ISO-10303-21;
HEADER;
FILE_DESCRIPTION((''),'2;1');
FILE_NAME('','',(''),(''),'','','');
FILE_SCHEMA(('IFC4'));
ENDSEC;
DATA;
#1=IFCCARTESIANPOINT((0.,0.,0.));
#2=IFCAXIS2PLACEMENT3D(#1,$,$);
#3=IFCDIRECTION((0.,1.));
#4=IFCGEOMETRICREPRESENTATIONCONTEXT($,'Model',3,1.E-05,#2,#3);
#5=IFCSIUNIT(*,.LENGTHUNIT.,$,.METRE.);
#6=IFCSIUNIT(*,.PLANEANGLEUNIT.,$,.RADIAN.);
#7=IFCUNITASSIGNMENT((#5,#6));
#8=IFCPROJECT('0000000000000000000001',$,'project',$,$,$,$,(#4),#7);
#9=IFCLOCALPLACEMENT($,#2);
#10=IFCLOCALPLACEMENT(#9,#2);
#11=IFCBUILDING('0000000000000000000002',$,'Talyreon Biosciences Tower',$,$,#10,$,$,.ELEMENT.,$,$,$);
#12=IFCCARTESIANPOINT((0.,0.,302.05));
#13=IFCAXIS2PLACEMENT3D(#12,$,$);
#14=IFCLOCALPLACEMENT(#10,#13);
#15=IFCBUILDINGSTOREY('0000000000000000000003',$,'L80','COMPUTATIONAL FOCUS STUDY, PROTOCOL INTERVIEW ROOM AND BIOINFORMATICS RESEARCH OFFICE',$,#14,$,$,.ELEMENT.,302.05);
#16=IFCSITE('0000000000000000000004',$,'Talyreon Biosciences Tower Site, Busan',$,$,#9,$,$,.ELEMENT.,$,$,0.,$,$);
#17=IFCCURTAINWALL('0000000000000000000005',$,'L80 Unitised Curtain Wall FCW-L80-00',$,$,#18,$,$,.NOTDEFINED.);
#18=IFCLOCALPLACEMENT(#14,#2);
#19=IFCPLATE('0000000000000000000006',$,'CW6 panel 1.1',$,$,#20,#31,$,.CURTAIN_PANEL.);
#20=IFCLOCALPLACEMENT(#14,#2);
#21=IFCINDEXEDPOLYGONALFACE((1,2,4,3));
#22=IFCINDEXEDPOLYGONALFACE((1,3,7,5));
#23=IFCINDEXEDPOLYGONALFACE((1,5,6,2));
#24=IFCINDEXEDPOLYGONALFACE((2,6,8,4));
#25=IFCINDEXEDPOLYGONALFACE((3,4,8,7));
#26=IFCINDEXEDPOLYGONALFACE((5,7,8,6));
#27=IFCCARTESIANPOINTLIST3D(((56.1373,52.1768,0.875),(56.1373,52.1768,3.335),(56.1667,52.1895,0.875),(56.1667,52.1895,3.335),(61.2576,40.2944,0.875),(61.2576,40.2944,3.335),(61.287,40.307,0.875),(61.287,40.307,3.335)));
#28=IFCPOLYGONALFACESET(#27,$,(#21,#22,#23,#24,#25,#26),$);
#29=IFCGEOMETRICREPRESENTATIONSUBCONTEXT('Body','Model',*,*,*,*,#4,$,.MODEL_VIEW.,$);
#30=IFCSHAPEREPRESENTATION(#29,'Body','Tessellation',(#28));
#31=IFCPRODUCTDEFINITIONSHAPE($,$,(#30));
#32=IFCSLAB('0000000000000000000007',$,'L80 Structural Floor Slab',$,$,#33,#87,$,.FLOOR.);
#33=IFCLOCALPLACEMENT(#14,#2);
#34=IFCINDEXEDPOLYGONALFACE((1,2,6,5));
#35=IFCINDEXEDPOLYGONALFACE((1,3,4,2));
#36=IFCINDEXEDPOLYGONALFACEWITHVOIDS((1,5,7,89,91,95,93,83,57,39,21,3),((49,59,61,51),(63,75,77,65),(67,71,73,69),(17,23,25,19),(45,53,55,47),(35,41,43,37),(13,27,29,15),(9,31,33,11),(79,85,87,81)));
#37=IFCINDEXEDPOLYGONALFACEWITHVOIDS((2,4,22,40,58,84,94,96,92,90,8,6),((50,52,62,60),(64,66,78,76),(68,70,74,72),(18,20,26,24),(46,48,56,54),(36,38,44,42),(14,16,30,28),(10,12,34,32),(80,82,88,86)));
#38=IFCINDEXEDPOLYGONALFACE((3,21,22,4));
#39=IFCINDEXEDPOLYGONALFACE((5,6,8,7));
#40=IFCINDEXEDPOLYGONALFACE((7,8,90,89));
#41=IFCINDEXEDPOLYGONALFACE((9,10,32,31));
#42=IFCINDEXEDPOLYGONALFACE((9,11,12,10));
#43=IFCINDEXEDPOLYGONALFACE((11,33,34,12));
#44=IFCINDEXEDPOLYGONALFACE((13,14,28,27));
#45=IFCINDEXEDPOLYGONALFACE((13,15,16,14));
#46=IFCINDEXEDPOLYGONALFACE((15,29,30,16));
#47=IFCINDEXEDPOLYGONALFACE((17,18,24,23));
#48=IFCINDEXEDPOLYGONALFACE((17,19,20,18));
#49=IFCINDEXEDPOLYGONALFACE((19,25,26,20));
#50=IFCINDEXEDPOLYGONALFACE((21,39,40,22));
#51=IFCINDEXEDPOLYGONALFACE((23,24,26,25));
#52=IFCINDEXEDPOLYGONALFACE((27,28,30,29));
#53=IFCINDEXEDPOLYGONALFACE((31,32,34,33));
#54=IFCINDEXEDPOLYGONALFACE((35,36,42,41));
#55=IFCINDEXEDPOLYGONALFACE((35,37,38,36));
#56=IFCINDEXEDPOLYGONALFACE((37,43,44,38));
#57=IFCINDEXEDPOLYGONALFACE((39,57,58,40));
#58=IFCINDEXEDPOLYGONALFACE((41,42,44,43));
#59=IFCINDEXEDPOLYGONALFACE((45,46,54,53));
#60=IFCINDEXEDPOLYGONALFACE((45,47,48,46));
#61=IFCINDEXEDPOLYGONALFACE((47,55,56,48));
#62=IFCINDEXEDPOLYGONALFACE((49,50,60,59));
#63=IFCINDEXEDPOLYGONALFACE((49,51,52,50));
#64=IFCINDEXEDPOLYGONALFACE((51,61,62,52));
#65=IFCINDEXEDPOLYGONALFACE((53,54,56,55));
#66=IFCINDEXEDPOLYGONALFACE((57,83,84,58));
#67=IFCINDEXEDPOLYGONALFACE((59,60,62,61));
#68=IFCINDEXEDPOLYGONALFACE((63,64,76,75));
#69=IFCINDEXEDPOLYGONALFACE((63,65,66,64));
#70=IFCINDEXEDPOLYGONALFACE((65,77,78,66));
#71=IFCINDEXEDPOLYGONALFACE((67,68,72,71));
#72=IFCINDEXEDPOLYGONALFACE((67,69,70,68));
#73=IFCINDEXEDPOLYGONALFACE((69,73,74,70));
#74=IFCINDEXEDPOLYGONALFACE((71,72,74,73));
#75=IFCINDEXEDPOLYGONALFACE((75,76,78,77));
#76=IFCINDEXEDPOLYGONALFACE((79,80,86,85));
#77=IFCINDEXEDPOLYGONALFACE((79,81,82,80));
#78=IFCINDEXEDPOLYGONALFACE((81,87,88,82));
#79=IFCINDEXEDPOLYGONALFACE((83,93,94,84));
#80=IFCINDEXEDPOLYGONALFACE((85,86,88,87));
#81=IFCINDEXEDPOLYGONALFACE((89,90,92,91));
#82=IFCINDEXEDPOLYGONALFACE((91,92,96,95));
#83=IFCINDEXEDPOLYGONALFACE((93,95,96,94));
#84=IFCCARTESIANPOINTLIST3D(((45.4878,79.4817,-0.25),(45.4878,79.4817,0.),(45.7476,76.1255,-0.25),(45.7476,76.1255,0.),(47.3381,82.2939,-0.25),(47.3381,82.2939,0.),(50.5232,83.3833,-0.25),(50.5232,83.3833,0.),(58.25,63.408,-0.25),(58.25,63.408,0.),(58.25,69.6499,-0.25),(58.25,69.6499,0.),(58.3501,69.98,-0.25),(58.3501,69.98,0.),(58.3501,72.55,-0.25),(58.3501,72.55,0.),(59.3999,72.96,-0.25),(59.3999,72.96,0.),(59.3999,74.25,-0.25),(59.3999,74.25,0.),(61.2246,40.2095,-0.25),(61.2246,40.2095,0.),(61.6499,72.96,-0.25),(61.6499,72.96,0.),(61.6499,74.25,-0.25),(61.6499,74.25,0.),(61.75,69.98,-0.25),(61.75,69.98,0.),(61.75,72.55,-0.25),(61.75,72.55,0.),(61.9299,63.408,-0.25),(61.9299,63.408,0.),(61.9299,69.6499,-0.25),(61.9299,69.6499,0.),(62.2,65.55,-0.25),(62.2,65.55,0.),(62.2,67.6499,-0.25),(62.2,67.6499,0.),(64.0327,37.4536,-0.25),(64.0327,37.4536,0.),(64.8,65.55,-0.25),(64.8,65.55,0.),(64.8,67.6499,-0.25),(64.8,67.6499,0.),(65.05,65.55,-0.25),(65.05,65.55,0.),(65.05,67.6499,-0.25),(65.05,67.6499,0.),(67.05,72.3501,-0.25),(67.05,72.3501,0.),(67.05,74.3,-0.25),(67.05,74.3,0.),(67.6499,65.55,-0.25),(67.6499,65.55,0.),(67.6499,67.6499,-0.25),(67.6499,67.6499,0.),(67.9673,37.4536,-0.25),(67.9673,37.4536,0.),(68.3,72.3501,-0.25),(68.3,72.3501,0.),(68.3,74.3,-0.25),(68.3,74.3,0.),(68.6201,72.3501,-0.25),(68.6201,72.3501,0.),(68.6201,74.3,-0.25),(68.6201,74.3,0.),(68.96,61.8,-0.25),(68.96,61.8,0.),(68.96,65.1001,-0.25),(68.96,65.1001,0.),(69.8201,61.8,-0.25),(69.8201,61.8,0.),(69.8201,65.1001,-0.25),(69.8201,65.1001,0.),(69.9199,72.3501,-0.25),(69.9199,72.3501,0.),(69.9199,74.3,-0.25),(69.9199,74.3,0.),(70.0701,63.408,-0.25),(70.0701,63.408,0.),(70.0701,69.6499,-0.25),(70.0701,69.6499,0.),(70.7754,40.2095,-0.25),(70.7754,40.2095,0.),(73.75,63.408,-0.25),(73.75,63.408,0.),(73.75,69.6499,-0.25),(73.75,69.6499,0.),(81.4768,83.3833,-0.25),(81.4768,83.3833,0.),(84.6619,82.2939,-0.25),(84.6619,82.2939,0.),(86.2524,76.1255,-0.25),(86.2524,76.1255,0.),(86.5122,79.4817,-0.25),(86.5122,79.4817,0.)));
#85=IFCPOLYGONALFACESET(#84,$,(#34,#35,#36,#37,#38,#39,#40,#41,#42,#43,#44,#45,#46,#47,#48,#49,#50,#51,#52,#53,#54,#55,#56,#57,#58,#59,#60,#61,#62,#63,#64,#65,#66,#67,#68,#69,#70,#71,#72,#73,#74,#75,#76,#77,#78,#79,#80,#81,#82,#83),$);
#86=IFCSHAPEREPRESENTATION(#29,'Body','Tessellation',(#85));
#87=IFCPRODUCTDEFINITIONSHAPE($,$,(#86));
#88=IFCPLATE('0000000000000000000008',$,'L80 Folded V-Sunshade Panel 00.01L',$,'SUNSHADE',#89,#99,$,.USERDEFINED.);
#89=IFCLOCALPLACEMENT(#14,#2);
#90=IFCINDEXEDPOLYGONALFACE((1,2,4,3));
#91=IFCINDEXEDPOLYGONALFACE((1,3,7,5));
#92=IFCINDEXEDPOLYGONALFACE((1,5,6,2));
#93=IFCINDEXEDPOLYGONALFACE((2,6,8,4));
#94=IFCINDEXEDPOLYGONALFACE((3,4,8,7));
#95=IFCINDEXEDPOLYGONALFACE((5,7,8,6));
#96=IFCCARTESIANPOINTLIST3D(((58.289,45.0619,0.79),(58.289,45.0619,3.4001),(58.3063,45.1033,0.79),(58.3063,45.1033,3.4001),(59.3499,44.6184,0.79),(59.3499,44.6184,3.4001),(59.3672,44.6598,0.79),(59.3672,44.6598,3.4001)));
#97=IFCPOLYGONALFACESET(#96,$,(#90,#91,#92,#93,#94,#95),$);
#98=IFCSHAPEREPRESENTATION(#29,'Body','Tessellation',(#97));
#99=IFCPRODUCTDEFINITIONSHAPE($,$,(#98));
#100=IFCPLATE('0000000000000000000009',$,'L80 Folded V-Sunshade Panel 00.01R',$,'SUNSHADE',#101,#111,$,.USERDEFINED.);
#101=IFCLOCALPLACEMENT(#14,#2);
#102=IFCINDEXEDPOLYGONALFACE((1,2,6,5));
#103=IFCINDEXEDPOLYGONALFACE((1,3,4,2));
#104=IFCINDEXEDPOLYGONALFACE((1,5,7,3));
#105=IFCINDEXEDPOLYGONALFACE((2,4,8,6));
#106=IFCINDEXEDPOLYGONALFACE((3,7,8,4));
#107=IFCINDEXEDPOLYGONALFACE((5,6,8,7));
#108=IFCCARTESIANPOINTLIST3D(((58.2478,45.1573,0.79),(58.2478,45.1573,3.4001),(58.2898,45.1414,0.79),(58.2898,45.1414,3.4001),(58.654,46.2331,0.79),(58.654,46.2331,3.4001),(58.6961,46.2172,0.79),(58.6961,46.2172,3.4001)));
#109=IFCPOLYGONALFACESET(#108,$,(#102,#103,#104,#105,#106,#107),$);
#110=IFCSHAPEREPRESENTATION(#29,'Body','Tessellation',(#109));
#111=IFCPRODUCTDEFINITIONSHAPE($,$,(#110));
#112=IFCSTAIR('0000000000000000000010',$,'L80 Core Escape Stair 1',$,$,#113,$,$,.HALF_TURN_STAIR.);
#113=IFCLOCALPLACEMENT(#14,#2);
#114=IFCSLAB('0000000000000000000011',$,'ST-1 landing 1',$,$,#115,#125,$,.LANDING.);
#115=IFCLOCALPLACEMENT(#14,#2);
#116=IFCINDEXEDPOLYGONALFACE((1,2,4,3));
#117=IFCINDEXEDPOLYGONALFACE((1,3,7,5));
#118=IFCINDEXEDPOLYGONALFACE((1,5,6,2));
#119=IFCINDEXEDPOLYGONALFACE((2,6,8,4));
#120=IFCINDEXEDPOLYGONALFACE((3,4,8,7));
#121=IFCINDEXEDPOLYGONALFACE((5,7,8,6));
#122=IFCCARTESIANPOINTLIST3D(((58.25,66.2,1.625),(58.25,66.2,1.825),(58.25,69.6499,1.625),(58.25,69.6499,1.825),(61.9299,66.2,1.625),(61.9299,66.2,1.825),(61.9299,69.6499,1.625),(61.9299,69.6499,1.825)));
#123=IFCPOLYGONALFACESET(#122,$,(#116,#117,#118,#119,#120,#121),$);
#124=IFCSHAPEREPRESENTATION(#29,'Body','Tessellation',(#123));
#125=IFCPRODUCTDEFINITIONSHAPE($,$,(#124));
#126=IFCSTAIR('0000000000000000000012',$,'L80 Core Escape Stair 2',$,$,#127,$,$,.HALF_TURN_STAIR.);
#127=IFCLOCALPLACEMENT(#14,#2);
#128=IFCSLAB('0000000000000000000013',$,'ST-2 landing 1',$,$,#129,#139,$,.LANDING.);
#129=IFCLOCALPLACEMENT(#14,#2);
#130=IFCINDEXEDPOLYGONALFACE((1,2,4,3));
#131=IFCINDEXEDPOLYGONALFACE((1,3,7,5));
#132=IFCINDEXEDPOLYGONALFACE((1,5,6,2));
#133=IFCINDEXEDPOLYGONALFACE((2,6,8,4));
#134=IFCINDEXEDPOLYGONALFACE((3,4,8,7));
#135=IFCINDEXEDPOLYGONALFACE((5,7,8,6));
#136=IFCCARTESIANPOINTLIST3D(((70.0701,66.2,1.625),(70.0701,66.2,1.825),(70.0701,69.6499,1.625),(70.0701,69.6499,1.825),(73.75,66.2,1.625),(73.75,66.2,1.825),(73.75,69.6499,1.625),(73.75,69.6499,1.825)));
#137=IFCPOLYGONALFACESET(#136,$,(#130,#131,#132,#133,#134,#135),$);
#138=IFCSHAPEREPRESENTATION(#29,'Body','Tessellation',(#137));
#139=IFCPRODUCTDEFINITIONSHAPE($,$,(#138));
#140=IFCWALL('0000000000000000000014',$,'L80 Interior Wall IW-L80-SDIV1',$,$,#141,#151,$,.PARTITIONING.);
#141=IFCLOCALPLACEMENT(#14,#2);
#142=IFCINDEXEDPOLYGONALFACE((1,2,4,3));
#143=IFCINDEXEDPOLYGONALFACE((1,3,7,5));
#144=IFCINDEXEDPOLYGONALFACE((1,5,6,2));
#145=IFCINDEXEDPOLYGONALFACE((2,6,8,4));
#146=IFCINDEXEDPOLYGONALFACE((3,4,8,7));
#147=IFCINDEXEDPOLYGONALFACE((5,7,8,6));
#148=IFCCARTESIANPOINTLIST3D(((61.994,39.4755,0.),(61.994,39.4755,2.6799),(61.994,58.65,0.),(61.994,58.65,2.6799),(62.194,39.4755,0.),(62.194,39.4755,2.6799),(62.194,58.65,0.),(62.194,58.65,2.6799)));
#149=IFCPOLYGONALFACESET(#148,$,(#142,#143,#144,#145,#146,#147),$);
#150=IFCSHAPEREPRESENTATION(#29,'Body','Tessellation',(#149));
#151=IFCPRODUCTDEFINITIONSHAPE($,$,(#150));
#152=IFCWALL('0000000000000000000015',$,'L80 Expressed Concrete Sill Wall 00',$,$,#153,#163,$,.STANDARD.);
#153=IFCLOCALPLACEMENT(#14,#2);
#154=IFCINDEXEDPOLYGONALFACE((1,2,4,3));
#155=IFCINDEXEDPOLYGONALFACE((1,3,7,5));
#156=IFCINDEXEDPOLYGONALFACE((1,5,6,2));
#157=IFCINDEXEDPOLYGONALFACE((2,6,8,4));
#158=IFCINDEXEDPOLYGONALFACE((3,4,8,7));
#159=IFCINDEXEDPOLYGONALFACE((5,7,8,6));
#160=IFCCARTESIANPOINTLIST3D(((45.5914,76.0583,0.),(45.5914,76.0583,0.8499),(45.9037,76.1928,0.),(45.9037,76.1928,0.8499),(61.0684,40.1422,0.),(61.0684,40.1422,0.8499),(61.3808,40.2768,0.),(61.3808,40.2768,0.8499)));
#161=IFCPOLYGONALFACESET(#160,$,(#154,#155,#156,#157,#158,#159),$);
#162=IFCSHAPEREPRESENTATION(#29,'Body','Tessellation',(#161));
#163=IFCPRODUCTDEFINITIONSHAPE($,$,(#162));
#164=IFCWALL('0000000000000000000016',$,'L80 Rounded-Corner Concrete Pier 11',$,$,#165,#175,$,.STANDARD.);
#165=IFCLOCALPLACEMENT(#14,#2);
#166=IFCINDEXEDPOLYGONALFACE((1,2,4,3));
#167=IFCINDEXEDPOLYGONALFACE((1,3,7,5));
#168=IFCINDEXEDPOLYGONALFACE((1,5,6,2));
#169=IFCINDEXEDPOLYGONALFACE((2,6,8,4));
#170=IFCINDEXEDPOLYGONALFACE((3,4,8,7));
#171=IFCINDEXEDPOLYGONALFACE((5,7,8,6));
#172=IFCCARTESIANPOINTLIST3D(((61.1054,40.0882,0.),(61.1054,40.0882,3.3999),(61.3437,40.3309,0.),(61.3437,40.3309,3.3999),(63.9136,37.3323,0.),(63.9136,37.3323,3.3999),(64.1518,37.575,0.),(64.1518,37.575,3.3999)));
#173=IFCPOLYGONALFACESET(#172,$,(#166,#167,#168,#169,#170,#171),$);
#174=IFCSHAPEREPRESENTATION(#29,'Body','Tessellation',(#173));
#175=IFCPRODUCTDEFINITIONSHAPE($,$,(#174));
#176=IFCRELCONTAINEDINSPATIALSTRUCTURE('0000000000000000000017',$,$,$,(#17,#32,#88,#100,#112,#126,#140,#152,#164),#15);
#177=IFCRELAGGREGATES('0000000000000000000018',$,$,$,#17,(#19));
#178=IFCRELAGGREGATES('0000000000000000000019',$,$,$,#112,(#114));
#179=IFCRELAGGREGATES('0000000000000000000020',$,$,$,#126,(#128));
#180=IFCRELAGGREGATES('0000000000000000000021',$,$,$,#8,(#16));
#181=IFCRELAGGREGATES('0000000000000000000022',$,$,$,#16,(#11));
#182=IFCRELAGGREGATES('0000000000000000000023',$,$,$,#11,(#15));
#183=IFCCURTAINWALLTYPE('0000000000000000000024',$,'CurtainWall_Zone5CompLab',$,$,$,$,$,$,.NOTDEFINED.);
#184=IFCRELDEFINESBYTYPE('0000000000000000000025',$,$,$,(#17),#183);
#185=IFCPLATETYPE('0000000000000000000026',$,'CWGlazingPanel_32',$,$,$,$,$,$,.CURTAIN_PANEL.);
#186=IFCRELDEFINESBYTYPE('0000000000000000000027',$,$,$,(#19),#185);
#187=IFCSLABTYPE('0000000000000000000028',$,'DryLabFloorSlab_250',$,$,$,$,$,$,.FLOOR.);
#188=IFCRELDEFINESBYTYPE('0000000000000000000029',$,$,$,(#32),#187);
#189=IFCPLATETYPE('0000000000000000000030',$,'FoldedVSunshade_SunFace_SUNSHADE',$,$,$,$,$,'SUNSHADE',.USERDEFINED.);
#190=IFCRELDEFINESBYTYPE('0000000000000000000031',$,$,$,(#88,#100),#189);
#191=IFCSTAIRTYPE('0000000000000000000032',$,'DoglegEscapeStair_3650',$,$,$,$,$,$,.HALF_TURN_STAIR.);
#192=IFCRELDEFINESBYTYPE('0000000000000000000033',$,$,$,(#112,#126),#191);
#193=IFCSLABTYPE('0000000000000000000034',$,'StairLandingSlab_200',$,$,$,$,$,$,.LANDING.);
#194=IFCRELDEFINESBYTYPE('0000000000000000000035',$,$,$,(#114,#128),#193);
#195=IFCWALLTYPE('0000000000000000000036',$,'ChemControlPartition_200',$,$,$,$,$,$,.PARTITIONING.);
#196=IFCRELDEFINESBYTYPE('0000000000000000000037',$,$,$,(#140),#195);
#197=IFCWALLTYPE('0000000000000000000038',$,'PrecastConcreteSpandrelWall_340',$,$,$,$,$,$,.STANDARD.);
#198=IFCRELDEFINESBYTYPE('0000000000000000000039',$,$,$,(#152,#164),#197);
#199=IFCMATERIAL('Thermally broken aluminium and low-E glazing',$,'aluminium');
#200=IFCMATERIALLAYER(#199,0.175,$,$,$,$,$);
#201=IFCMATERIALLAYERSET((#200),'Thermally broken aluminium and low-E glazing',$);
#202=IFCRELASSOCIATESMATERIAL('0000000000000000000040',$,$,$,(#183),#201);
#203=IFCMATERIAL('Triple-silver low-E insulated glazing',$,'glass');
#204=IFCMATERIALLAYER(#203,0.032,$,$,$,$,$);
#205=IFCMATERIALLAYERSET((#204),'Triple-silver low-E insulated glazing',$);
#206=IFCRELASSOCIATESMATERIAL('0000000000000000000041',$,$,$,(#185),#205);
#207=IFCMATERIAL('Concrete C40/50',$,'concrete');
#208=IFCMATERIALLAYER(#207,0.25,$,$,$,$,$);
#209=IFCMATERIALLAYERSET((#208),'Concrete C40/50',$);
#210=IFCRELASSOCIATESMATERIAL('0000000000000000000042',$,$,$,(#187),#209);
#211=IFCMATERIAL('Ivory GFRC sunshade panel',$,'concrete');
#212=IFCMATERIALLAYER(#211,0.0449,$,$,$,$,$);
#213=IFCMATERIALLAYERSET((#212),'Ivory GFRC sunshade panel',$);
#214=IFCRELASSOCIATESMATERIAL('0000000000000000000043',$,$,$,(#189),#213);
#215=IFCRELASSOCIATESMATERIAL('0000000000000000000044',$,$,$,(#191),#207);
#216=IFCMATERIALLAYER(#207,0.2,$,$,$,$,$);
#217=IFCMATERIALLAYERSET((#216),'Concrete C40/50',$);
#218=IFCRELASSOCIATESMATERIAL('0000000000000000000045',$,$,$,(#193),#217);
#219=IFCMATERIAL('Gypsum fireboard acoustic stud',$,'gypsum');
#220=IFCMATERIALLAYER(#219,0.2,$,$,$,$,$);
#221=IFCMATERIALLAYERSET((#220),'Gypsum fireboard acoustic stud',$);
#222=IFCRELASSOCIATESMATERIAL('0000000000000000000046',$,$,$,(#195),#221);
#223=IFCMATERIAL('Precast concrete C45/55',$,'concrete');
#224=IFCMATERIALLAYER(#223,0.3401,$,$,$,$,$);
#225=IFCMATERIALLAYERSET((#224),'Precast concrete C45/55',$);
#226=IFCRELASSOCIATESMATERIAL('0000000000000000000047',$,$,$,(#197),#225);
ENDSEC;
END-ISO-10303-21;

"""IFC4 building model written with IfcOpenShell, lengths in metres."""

from ifc_helpers import new_model, si_unit, direction, frame, frame_2d, origin, origin_2d, place, context, subcontext, project, spatial, polyline, rectangle, outline, extrude, material, layer, layer_set, type_object, element, aggregate, save


model = new_model("IFC4")

# Units and contexts
model_context = context("Model", 3, precision=1e-05, world=origin(), true_north=direction((0.0, 1.0)))
body_context = subcontext(model_context, "Body", "Model", "MODEL_VIEW")
ifc_project = project(units=[si_unit("LENGTHUNIT", "METRE"), si_unit("PLANEANGLEUNIT", "RADIAN")], contexts=[model_context])

# Site, building, storey
site_placement = place(None, origin())
site = spatial("IfcSite", under=ifc_project, at=site_placement, Name="Talyreon Biosciences Tower Site, Busan", CompositionType="ELEMENT", RefElevation=0.0)
building_placement = place(site_placement, origin())
building = spatial("IfcBuilding", under=site, at=building_placement, Name="Talyreon Biosciences Tower", CompositionType="ELEMENT")
storey_placement = place(building_placement, frame((0.0, 0.0, 302.05)))
storey = spatial("IfcBuildingStorey", under=building, at=storey_placement, Name="L80", Description="COMPUTATIONAL FOCUS STUDY, PROTOCOL INTERVIEW ROOM AND BIOINFORMATICS RESEARCH OFFICE", CompositionType="ELEMENT", Elevation=302.05)

# Curtain wall
ifc_material_1 = material(Name="Thermally broken aluminium and low-E glazing", Category="aluminium")
ifc_layer_1 = layer(ifc_material_1, 0.175)
ifc_layer_set_1 = layer_set([ifc_layer_1], Name="Thermally broken aluminium and low-E glazing")
curtain_wall_type = type_object("IfcCurtainWallType", Name="CurtainWall_Zone5CompLab", PredefinedType="NOTDEFINED", material=ifc_layer_set_1)
curtain_wall_placement = place(storey_placement, origin())
curtain_wall = element("IfcCurtainWall", 1, at=curtain_wall_placement, inside=storey, type_object=curtain_wall_type, Name="L80 Unitised Curtain Wall FCW-L80-00", PredefinedType="NOTDEFINED")

# Shared definitions
ifc_material_2 = material(Name="Precast concrete C45/55", Category="concrete")

# Plate
ifc_material_3 = material(Name="Triple-silver low-E insulated glazing", Category="glass")
ifc_layer_2 = layer(ifc_material_3, 0.032)
ifc_layer_set_2 = layer_set([ifc_layer_2], Name="Triple-silver low-E insulated glazing")
plate_type_1 = type_object("IfcPlateType", Name="CWGlazingPanel_32", PredefinedType="CURTAIN_PANEL", material=ifc_layer_set_2)
plate_placement = place(storey_placement, frame((58.7122, 46.2419, 0.875), z_axis=(0.0, 0.0, 1.0), x_axis=(-0.395738, 0.918363, 0.0)))
plate = element("IfcPlate", 2, at=plate_placement, type_object=plate_type_1, Name="CW6 panel 1.1", PredefinedType="CURTAIN_PANEL", context=body_context, shape_type="SweptSolid", body=[
    extrude(rectangle(XDim=12.9387, YDim=0.032, at=origin_2d()), origin(), (0.0, 0.0, 1.0), 2.46),
])
aggregate(curtain_wall, [plate])

# Slab
ifc_material_4 = material(Name="Concrete C40/50", Category="concrete")
ifc_layer_3 = layer(ifc_material_4, 0.25)
ifc_layer_set_3 = layer_set([ifc_layer_3], Name="Concrete C40/50")
slab_type_1 = type_object("IfcSlabType", Name="DryLabFloorSlab_250", PredefinedType="FLOOR", material=ifc_layer_set_3)
slab_1_placement = place(storey_placement, frame((0.0, 0.0, -0.25)))
element("IfcSlab", 3, at=slab_1_placement, inside=storey, type_object=slab_type_1, Name="L80 Structural Floor Slab", PredefinedType="FLOOR", context=body_context, shape_type="SweptSolid", body=[
    extrude(outline(polyline([(61.2246, 40.2095), (45.7476, 76.1255), (45.4878, 79.4817), (47.3381, 82.2939), (50.5232, 83.3833), (81.4768, 83.3833), (84.6619, 82.2939), (86.5122, 79.4817), (86.2524, 76.1255), (70.7754, 40.2095), (67.9673, 37.4536), (64.0327, 37.4536), (61.2246, 40.2095)]), holes=[polyline([(69.8201, 65.1001), (69.8201, 61.8), (68.96, 61.8), (68.96, 65.1001), (69.8201, 65.1001)]), polyline([(61.9299, 69.6499), (61.9299, 63.408), (58.25, 63.408), (58.25, 69.6499), (61.9299, 69.6499)]), polyline([(73.75, 69.6499), (73.75, 63.408), (70.0701, 63.408), (70.0701, 69.6499), (73.75, 69.6499)]), polyline([(64.8, 67.6499), (64.8, 65.55), (62.2, 65.55), (62.2, 67.6499), (64.8, 67.6499)]), polyline([(67.6499, 67.6499), (67.6499, 65.55), (65.05, 65.55), (65.05, 67.6499), (67.6499, 67.6499)]), polyline([(61.75, 72.55), (61.75, 69.98), (58.3501, 69.98), (58.3501, 72.55), (61.75, 72.55)]), polyline([(68.3, 74.3), (68.3, 72.3501), (67.05, 72.3501), (67.05, 74.3), (68.3, 74.3)]), polyline([(69.9199, 72.3501), (68.6201, 72.3501), (68.6201, 74.3), (69.9199, 74.3), (69.9199, 72.3501)]), polyline([(61.6499, 72.96), (59.3999, 72.96), (59.3999, 74.25), (61.6499, 74.25), (61.6499, 72.96)])]), origin(), (0.0, 0.0, 1.0), 0.25),
])

# Plates
ifc_material_5 = material(Name="Ivory GFRC sunshade panel", Category="concrete")
ifc_layer_4 = layer(ifc_material_5, 0.0449)
ifc_layer_set_4 = layer_set([ifc_layer_4], Name="Ivory GFRC sunshade panel")
plate_type_2 = type_object("IfcPlateType", Name="FoldedVSunshade_SunFace_SUNSHADE", ElementType="SUNSHADE", PredefinedType="USERDEFINED", material=ifc_layer_set_4)
for number, where, z_axis, x_axis, name in (
    (4, (58.8281, 44.8608, 0.79), (0.0, 0.0, 1.0), (-0.922619, 0.385713, 0.0), "L80 Folded V-Sunshade Panel 00.01L"),
    (5, (58.4719, 45.6873, 0.79), (0.0, 0.0, 1.0), (0.353279, 0.935518, 0.0), "L80 Folded V-Sunshade Panel 00.01R"),
):
    element("IfcPlate", number, at=place(storey_placement, frame(where, z_axis=z_axis, x_axis=x_axis)), inside=storey, type_object=plate_type_2, Name=name, ObjectType="SUNSHADE", PredefinedType="USERDEFINED", context=body_context, shape_type="SweptSolid", body=[
        extrude(rectangle(XDim=1.1499, YDim=0.0449, at=origin_2d()), origin(), (0.0, 0.0, 1.0), 2.6101),
    ])

# Stairs, slabs
stair_type = type_object("IfcStairType", Name="DoglegEscapeStair_3650", PredefinedType="HALF_TURN_STAIR", material=ifc_material_4)
stair_1_placement = place(storey_placement, origin())
stair_1 = element("IfcStair", 6, at=stair_1_placement, inside=storey, type_object=stair_type, Name="L80 Core Escape Stair 1", PredefinedType="HALF_TURN_STAIR")
ifc_layer_5 = layer(ifc_material_4, 0.2)
ifc_layer_set_5 = layer_set([ifc_layer_5], Name="Concrete C40/50")
slab_type_2 = type_object("IfcSlabType", Name="StairLandingSlab_200", PredefinedType="LANDING", material=ifc_layer_set_5)
slab_2_placement = place(storey_placement, frame((0.0, 0.0, 1.625)))
slab_2 = element("IfcSlab", 7, at=slab_2_placement, type_object=slab_type_2, Name="ST-1 landing 1", PredefinedType="LANDING", context=body_context, shape_type="SweptSolid", body=[
    extrude(outline(polyline([(61.9299, 66.2), (61.9299, 69.6499), (58.25, 69.6499), (58.25, 66.2), (61.9299, 66.2)])), origin(), (0.0, 0.0, 1.0), 0.2),
])
aggregate(stair_1, [slab_2])
stair_2_placement = place(storey_placement, origin())
stair_2 = element("IfcStair", 8, at=stair_2_placement, inside=storey, type_object=stair_type, Name="L80 Core Escape Stair 2", PredefinedType="HALF_TURN_STAIR")
slab_3_placement = place(storey_placement, frame((0.0, 0.0, 1.625)))
slab_3 = element("IfcSlab", 9, at=slab_3_placement, type_object=slab_type_2, Name="ST-2 landing 1", PredefinedType="LANDING", context=body_context, shape_type="SweptSolid", body=[
    extrude(outline(polyline([(73.75, 66.2), (73.75, 69.6499), (70.0701, 69.6499), (70.0701, 66.2), (73.75, 66.2)])), origin(), (0.0, 0.0, 1.0), 0.2),
])
aggregate(stair_2, [slab_3])

# Walls
ifc_material_6 = material(Name="Gypsum fireboard acoustic stud", Category="gypsum")
ifc_layer_6 = layer(ifc_material_6, 0.2)
ifc_layer_set_6 = layer_set([ifc_layer_6], Name="Gypsum fireboard acoustic stud")
wall_type_1 = type_object("IfcWallType", Name="ChemControlPartition_200", PredefinedType="PARTITIONING", material=ifc_layer_set_6)
wall_1_placement = place(storey_placement, frame((62.094, 39.4753, 0.0), z_axis=(0.0, 0.0, 1.0), x_axis=(0.0, 1.0, 0.0)))
element("IfcWall", 10, at=wall_1_placement, inside=storey, type_object=wall_type_1, Name="L80 Interior Wall IW-L80-SDIV1", PredefinedType="PARTITIONING", context=body_context, shape_type="SweptSolid", body=[
    extrude(rectangle(XDim=19.1746, YDim=0.2, at=frame_2d((9.5874, 0.0))), origin(), (0.0, 0.0, 1.0), 2.6799),
])
ifc_layer_7 = layer(ifc_material_2, 0.3401)
ifc_layer_set_7 = layer_set([ifc_layer_7], Name="Precast concrete C45/55")
wall_type_2 = type_object("IfcWallType", Name="PrecastConcreteSpandrelWall_340", PredefinedType="STANDARD", material=ifc_layer_set_7)
wall_2_placement = place(storey_placement, frame((61.2246, 40.2095, 0.0), z_axis=(0.0, 0.0, 1.0), x_axis=(-0.395743, 0.918361, 0.0)))
element("IfcWall", 11, at=wall_2_placement, inside=storey, type_object=wall_type_2, Name="L80 Expressed Concrete Sill Wall 00", PredefinedType="STANDARD", context=body_context, shape_type="SweptSolid", body=[
    extrude(rectangle(XDim=39.1089, YDim=0.3401, at=frame_2d((19.5544, 0.0))), origin(), (0.0, 0.0, 1.0), 0.8499),
])
wall_3_placement = place(storey_placement, frame((64.0327, 37.4536, 0.0), z_axis=(0.0, 0.0, 1.0), x_axis=(-0.713715, 0.700436, 0.0)))
element("IfcWall", 12, at=wall_3_placement, inside=storey, type_object=wall_type_2, Name="L80 Rounded-Corner Concrete Pier 11", PredefinedType="STANDARD", context=body_context, shape_type="SweptSolid", body=[
    extrude(rectangle(XDim=3.9346, YDim=0.3401, at=frame_2d((1.9673, 0.0))), origin(), (0.0, 0.0, 1.0), 3.3999),
])

save(model, "model.ifc")
